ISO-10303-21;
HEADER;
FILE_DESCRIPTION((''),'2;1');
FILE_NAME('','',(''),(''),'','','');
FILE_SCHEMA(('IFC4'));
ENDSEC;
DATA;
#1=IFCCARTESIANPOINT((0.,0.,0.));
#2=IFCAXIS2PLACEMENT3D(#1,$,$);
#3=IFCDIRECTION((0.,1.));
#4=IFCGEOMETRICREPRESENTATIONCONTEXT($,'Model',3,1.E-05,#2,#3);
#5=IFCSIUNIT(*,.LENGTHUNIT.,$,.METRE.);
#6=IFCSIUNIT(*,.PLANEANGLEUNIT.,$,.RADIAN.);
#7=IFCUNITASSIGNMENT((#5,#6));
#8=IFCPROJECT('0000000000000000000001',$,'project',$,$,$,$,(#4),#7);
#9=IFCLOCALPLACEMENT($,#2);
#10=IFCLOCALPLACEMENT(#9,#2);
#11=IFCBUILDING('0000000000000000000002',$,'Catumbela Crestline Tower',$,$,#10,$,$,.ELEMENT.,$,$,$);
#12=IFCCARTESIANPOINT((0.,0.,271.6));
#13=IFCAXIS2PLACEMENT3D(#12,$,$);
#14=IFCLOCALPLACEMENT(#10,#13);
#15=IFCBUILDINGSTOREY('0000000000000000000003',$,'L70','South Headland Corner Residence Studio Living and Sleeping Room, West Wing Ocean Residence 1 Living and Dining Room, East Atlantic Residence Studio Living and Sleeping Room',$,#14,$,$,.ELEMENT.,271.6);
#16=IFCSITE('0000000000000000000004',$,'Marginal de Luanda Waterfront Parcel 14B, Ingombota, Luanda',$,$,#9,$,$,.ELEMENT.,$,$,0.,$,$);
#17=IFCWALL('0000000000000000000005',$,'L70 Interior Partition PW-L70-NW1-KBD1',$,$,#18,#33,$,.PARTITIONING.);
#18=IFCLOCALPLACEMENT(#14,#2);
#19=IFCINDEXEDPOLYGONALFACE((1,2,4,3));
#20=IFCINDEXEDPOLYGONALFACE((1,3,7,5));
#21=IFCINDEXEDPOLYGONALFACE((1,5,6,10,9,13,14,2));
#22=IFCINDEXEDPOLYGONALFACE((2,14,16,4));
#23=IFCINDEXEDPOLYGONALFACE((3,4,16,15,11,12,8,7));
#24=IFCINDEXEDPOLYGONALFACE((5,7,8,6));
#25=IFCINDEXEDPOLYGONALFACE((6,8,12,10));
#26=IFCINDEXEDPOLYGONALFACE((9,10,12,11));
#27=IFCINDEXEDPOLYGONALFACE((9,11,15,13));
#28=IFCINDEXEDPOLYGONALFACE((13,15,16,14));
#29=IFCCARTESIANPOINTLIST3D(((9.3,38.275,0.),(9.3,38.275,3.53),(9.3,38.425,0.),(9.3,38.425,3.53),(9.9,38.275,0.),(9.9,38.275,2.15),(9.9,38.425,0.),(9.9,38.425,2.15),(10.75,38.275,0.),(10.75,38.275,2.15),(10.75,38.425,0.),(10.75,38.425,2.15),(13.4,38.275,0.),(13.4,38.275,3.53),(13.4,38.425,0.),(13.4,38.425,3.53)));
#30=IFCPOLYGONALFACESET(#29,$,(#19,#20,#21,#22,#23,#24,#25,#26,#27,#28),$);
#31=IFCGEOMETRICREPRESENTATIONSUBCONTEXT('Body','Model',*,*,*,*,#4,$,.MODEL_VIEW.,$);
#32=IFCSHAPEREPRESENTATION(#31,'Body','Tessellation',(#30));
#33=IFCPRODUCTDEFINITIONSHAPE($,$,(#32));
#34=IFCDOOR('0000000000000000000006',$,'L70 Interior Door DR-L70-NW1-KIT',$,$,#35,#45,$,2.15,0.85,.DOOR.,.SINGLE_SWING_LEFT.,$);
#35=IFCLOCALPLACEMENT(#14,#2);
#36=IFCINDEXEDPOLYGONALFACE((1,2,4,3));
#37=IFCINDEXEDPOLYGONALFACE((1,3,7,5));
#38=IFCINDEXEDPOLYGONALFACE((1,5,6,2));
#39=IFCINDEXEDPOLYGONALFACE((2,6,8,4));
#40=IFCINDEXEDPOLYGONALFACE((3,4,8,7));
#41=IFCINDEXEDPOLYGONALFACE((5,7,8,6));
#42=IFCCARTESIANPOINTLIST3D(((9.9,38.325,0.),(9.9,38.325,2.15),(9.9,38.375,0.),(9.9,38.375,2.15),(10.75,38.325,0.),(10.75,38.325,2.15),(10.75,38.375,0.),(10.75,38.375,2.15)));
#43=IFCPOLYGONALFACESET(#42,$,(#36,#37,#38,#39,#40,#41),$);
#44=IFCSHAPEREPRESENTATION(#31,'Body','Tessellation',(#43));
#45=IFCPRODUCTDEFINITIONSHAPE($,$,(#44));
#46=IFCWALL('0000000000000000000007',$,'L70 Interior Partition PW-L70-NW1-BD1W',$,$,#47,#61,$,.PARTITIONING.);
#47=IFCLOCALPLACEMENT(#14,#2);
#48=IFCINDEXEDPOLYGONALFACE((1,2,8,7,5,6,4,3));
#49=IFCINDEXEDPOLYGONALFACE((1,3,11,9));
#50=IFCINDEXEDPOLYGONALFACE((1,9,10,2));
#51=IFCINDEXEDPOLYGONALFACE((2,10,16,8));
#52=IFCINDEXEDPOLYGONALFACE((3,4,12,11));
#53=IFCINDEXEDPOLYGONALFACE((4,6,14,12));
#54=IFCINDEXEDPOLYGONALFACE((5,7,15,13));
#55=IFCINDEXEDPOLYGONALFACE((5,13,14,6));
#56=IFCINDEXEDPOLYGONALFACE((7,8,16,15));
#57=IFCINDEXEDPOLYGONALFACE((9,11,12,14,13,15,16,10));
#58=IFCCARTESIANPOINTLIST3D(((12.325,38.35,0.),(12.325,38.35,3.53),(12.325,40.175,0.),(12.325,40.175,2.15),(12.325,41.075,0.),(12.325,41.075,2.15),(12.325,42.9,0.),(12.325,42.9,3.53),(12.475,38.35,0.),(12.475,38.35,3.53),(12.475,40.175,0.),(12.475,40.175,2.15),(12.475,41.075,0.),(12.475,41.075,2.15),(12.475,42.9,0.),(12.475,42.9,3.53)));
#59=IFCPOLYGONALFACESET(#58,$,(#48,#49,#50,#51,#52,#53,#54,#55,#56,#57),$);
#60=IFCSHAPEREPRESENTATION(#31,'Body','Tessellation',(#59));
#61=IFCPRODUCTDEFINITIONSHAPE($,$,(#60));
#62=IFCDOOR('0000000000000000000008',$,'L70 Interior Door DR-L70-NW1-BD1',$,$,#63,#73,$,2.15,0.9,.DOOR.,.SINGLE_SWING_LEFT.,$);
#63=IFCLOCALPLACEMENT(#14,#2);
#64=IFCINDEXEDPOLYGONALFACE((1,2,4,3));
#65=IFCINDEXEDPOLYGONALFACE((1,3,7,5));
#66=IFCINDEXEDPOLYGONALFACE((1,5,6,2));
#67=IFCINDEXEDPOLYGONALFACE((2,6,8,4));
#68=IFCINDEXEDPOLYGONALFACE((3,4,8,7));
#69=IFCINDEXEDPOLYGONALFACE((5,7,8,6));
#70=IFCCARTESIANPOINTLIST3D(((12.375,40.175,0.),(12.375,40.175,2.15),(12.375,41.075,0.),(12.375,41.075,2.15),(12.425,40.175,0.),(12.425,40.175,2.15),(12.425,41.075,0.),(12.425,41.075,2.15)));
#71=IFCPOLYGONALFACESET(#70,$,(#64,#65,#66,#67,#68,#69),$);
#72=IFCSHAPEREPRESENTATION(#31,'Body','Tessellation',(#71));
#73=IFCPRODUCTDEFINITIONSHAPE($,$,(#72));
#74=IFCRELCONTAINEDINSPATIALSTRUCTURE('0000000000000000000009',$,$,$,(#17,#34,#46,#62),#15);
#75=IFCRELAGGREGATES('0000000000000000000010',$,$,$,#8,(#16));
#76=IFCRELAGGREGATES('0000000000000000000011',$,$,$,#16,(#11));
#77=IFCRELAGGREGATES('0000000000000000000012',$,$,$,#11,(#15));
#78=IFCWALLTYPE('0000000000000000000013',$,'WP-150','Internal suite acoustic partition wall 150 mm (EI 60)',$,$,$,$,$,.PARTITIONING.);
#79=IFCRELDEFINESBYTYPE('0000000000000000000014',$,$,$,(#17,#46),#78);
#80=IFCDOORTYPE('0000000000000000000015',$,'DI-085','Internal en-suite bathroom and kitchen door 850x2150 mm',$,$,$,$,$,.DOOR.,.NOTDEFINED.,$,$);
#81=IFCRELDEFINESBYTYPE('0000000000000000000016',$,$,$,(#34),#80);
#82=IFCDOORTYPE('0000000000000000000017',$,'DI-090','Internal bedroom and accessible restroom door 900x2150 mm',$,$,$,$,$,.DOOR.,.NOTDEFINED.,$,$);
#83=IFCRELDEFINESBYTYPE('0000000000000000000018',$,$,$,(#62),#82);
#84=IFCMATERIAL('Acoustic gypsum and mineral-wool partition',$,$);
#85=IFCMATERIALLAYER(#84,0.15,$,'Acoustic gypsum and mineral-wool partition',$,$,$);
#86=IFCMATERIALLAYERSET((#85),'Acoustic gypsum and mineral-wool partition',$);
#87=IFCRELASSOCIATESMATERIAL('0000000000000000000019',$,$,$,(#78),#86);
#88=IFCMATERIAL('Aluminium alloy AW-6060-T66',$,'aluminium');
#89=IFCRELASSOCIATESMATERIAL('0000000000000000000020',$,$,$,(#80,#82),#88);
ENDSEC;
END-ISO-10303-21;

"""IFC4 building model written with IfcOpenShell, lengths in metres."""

from ifc_helpers import new_model, si_unit, direction, frame, frame_2d, origin, place, context, subcontext, project, spatial, rectangle, extrude, material, layer, layer_set, type_object, element, fill, save


model = new_model("IFC4")

# Units and contexts
model_context = context("Model", 3, precision=1e-05, world=origin(), true_north=direction((0.0, 1.0)))
body_context = subcontext(model_context, "Body", "Model", "MODEL_VIEW")
ifc_project = project(units=[si_unit("LENGTHUNIT", "METRE"), si_unit("PLANEANGLEUNIT", "RADIAN")], contexts=[model_context])

# Site, building, storey
site_placement = place(None, origin())
site = spatial("IfcSite", under=ifc_project, at=site_placement, Name="Marginal de Luanda Waterfront Parcel 14B, Ingombota, Luanda", CompositionType="ELEMENT", RefElevation=0.0)
building_placement = place(site_placement, origin())
building = spatial("IfcBuilding", under=site, at=building_placement, Name="Catumbela Crestline Tower", CompositionType="ELEMENT")
storey_placement = place(building_placement, frame((0.0, 0.0, 271.6)))
storey = spatial("IfcBuildingStorey", under=building, at=storey_placement, Name="L70", Description="South Headland Corner Residence Studio Living and Sleeping Room, West Wing Ocean Residence 1 Living and Dining Room, East Atlantic Residence Studio Living and Sleeping Room", CompositionType="ELEMENT", Elevation=271.6)

# Shared definitions
ifc_material_1 = material(Name="Aluminium alloy AW-6060-T66", Category="aluminium")

# Shared definitions
ifc_material_2 = material(Name="Acoustic gypsum and mineral-wool partition")

# Shared definitions
ifc_layer_1 = layer(ifc_material_2, 0.15, Name="Acoustic gypsum and mineral-wool partition")
ifc_layer_set_1 = layer_set([ifc_layer_1], Name="Acoustic gypsum and mineral-wool partition")
wall_type_1 = type_object("IfcWallType", Name="WP-150", Description="Internal suite acoustic partition wall 150 mm (EI 60)", PredefinedType="PARTITIONING", material=ifc_layer_set_1)
door_type_1 = type_object("IfcDoorType", Name="DI-085", Description="Internal en-suite bathroom and kitchen door 850x2150 mm", OperationType="NOTDEFINED", PredefinedType="DOOR", material=ifc_material_1)

# Walls, openings, doors
wall_1_placement = place(storey_placement, frame((9.3, 38.35, 0.0), z_axis=(0.0, 0.0, 1.0), x_axis=(1.0, 0.0, 0.0)))
wall_1 = element("IfcWall", 1, at=wall_1_placement, inside=storey, type_object=wall_type_1, Name="L70 Interior Partition PW-L70-NW1-KBD1", PredefinedType="PARTITIONING", context=body_context, shape_type="SweptSolid", body=[
    extrude(rectangle(XDim=4.1, YDim=0.15, at=frame_2d((2.05, 0.0))), origin(), (0.0, 0.0, 1.0), 3.53),
])
opening_1_placement = place(wall_1_placement, frame((0.6, 0.0, 0.0)))
opening_1 = element("IfcOpeningElement", 2, at=opening_1_placement, cuts=wall_1, PredefinedType="OPENING", context=body_context, shape_type="SweptSolid", body=[
    extrude(rectangle(XDim=0.85, YDim=2.15, at=frame_2d((0.425, 1.075))), frame((0.0, 0.085, 0.0), z_axis=(0.0, -1.0, 0.0), x_axis=(1.0, 0.0, 0.0)), (0.0, 0.0, 1.0), 0.17),
])
door_1_placement = place(opening_1_placement, origin())
door_1 = element("IfcDoor", 3, at=door_1_placement, inside=storey, type_object=door_type_1, Name="L70 Interior Door DR-L70-NW1-KIT", OperationType="SINGLE_SWING_LEFT", OverallHeight=2.15, OverallWidth=0.85, PredefinedType="DOOR", context=body_context, shape_type="SweptSolid", body=[
    extrude(rectangle(XDim=0.85, YDim=2.15, at=frame_2d((0.425, 1.075))), frame((0.0, 0.025, 0.0), z_axis=(0.0, -1.0, 0.0), x_axis=(1.0, 0.0, 0.0)), (0.0, 0.0, 1.0), 0.05),
])
fill(opening_1, door_1)
wall_2_placement = place(storey_placement, frame((12.4, 38.35, 0.0), z_axis=(0.0, 0.0, 1.0), x_axis=(0.0, 1.0, 0.0)))
wall_2 = element("IfcWall", 4, at=wall_2_placement, inside=storey, type_object=wall_type_1, Name="L70 Interior Partition PW-L70-NW1-BD1W", PredefinedType="PARTITIONING", context=body_context, shape_type="SweptSolid", body=[
    extrude(rectangle(XDim=4.55, YDim=0.15, at=frame_2d((2.275, 0.0))), origin(), (0.0, 0.0, 1.0), 3.53),
])
opening_2_placement = place(wall_2_placement, frame((1.825, 0.0, 0.0)))
opening_2 = element("IfcOpeningElement", 5, at=opening_2_placement, cuts=wall_2, PredefinedType="OPENING", context=body_context, shape_type="SweptSolid", body=[
    extrude(rectangle(XDim=0.9, YDim=2.15, at=frame_2d((0.45, 1.075))), frame((0.0, 0.085, 0.0), z_axis=(0.0, -1.0, 0.0), x_axis=(1.0, 0.0, 0.0)), (0.0, 0.0, 1.0), 0.17),
])
door_type_2 = type_object("IfcDoorType", Name="DI-090", Description="Internal bedroom and accessible restroom door 900x2150 mm", OperationType="NOTDEFINED", PredefinedType="DOOR", material=ifc_material_1)
door_2_placement = place(opening_2_placement, origin())
door_2 = element("IfcDoor", 6, at=door_2_placement, inside=storey, type_object=door_type_2, Name="L70 Interior Door DR-L70-NW1-BD1", OperationType="SINGLE_SWING_LEFT", OverallHeight=2.15, OverallWidth=0.9, PredefinedType="DOOR", context=body_context, shape_type="SweptSolid", body=[
    extrude(rectangle(XDim=0.9, YDim=2.15, at=frame_2d((0.45, 1.075))), frame((0.0, 0.025, 0.0), z_axis=(0.0, -1.0, 0.0), x_axis=(1.0, 0.0, 0.0)), (0.0, 0.0, 1.0), 0.05),
])
fill(opening_2, door_2)

save(model, "model.ifc")
